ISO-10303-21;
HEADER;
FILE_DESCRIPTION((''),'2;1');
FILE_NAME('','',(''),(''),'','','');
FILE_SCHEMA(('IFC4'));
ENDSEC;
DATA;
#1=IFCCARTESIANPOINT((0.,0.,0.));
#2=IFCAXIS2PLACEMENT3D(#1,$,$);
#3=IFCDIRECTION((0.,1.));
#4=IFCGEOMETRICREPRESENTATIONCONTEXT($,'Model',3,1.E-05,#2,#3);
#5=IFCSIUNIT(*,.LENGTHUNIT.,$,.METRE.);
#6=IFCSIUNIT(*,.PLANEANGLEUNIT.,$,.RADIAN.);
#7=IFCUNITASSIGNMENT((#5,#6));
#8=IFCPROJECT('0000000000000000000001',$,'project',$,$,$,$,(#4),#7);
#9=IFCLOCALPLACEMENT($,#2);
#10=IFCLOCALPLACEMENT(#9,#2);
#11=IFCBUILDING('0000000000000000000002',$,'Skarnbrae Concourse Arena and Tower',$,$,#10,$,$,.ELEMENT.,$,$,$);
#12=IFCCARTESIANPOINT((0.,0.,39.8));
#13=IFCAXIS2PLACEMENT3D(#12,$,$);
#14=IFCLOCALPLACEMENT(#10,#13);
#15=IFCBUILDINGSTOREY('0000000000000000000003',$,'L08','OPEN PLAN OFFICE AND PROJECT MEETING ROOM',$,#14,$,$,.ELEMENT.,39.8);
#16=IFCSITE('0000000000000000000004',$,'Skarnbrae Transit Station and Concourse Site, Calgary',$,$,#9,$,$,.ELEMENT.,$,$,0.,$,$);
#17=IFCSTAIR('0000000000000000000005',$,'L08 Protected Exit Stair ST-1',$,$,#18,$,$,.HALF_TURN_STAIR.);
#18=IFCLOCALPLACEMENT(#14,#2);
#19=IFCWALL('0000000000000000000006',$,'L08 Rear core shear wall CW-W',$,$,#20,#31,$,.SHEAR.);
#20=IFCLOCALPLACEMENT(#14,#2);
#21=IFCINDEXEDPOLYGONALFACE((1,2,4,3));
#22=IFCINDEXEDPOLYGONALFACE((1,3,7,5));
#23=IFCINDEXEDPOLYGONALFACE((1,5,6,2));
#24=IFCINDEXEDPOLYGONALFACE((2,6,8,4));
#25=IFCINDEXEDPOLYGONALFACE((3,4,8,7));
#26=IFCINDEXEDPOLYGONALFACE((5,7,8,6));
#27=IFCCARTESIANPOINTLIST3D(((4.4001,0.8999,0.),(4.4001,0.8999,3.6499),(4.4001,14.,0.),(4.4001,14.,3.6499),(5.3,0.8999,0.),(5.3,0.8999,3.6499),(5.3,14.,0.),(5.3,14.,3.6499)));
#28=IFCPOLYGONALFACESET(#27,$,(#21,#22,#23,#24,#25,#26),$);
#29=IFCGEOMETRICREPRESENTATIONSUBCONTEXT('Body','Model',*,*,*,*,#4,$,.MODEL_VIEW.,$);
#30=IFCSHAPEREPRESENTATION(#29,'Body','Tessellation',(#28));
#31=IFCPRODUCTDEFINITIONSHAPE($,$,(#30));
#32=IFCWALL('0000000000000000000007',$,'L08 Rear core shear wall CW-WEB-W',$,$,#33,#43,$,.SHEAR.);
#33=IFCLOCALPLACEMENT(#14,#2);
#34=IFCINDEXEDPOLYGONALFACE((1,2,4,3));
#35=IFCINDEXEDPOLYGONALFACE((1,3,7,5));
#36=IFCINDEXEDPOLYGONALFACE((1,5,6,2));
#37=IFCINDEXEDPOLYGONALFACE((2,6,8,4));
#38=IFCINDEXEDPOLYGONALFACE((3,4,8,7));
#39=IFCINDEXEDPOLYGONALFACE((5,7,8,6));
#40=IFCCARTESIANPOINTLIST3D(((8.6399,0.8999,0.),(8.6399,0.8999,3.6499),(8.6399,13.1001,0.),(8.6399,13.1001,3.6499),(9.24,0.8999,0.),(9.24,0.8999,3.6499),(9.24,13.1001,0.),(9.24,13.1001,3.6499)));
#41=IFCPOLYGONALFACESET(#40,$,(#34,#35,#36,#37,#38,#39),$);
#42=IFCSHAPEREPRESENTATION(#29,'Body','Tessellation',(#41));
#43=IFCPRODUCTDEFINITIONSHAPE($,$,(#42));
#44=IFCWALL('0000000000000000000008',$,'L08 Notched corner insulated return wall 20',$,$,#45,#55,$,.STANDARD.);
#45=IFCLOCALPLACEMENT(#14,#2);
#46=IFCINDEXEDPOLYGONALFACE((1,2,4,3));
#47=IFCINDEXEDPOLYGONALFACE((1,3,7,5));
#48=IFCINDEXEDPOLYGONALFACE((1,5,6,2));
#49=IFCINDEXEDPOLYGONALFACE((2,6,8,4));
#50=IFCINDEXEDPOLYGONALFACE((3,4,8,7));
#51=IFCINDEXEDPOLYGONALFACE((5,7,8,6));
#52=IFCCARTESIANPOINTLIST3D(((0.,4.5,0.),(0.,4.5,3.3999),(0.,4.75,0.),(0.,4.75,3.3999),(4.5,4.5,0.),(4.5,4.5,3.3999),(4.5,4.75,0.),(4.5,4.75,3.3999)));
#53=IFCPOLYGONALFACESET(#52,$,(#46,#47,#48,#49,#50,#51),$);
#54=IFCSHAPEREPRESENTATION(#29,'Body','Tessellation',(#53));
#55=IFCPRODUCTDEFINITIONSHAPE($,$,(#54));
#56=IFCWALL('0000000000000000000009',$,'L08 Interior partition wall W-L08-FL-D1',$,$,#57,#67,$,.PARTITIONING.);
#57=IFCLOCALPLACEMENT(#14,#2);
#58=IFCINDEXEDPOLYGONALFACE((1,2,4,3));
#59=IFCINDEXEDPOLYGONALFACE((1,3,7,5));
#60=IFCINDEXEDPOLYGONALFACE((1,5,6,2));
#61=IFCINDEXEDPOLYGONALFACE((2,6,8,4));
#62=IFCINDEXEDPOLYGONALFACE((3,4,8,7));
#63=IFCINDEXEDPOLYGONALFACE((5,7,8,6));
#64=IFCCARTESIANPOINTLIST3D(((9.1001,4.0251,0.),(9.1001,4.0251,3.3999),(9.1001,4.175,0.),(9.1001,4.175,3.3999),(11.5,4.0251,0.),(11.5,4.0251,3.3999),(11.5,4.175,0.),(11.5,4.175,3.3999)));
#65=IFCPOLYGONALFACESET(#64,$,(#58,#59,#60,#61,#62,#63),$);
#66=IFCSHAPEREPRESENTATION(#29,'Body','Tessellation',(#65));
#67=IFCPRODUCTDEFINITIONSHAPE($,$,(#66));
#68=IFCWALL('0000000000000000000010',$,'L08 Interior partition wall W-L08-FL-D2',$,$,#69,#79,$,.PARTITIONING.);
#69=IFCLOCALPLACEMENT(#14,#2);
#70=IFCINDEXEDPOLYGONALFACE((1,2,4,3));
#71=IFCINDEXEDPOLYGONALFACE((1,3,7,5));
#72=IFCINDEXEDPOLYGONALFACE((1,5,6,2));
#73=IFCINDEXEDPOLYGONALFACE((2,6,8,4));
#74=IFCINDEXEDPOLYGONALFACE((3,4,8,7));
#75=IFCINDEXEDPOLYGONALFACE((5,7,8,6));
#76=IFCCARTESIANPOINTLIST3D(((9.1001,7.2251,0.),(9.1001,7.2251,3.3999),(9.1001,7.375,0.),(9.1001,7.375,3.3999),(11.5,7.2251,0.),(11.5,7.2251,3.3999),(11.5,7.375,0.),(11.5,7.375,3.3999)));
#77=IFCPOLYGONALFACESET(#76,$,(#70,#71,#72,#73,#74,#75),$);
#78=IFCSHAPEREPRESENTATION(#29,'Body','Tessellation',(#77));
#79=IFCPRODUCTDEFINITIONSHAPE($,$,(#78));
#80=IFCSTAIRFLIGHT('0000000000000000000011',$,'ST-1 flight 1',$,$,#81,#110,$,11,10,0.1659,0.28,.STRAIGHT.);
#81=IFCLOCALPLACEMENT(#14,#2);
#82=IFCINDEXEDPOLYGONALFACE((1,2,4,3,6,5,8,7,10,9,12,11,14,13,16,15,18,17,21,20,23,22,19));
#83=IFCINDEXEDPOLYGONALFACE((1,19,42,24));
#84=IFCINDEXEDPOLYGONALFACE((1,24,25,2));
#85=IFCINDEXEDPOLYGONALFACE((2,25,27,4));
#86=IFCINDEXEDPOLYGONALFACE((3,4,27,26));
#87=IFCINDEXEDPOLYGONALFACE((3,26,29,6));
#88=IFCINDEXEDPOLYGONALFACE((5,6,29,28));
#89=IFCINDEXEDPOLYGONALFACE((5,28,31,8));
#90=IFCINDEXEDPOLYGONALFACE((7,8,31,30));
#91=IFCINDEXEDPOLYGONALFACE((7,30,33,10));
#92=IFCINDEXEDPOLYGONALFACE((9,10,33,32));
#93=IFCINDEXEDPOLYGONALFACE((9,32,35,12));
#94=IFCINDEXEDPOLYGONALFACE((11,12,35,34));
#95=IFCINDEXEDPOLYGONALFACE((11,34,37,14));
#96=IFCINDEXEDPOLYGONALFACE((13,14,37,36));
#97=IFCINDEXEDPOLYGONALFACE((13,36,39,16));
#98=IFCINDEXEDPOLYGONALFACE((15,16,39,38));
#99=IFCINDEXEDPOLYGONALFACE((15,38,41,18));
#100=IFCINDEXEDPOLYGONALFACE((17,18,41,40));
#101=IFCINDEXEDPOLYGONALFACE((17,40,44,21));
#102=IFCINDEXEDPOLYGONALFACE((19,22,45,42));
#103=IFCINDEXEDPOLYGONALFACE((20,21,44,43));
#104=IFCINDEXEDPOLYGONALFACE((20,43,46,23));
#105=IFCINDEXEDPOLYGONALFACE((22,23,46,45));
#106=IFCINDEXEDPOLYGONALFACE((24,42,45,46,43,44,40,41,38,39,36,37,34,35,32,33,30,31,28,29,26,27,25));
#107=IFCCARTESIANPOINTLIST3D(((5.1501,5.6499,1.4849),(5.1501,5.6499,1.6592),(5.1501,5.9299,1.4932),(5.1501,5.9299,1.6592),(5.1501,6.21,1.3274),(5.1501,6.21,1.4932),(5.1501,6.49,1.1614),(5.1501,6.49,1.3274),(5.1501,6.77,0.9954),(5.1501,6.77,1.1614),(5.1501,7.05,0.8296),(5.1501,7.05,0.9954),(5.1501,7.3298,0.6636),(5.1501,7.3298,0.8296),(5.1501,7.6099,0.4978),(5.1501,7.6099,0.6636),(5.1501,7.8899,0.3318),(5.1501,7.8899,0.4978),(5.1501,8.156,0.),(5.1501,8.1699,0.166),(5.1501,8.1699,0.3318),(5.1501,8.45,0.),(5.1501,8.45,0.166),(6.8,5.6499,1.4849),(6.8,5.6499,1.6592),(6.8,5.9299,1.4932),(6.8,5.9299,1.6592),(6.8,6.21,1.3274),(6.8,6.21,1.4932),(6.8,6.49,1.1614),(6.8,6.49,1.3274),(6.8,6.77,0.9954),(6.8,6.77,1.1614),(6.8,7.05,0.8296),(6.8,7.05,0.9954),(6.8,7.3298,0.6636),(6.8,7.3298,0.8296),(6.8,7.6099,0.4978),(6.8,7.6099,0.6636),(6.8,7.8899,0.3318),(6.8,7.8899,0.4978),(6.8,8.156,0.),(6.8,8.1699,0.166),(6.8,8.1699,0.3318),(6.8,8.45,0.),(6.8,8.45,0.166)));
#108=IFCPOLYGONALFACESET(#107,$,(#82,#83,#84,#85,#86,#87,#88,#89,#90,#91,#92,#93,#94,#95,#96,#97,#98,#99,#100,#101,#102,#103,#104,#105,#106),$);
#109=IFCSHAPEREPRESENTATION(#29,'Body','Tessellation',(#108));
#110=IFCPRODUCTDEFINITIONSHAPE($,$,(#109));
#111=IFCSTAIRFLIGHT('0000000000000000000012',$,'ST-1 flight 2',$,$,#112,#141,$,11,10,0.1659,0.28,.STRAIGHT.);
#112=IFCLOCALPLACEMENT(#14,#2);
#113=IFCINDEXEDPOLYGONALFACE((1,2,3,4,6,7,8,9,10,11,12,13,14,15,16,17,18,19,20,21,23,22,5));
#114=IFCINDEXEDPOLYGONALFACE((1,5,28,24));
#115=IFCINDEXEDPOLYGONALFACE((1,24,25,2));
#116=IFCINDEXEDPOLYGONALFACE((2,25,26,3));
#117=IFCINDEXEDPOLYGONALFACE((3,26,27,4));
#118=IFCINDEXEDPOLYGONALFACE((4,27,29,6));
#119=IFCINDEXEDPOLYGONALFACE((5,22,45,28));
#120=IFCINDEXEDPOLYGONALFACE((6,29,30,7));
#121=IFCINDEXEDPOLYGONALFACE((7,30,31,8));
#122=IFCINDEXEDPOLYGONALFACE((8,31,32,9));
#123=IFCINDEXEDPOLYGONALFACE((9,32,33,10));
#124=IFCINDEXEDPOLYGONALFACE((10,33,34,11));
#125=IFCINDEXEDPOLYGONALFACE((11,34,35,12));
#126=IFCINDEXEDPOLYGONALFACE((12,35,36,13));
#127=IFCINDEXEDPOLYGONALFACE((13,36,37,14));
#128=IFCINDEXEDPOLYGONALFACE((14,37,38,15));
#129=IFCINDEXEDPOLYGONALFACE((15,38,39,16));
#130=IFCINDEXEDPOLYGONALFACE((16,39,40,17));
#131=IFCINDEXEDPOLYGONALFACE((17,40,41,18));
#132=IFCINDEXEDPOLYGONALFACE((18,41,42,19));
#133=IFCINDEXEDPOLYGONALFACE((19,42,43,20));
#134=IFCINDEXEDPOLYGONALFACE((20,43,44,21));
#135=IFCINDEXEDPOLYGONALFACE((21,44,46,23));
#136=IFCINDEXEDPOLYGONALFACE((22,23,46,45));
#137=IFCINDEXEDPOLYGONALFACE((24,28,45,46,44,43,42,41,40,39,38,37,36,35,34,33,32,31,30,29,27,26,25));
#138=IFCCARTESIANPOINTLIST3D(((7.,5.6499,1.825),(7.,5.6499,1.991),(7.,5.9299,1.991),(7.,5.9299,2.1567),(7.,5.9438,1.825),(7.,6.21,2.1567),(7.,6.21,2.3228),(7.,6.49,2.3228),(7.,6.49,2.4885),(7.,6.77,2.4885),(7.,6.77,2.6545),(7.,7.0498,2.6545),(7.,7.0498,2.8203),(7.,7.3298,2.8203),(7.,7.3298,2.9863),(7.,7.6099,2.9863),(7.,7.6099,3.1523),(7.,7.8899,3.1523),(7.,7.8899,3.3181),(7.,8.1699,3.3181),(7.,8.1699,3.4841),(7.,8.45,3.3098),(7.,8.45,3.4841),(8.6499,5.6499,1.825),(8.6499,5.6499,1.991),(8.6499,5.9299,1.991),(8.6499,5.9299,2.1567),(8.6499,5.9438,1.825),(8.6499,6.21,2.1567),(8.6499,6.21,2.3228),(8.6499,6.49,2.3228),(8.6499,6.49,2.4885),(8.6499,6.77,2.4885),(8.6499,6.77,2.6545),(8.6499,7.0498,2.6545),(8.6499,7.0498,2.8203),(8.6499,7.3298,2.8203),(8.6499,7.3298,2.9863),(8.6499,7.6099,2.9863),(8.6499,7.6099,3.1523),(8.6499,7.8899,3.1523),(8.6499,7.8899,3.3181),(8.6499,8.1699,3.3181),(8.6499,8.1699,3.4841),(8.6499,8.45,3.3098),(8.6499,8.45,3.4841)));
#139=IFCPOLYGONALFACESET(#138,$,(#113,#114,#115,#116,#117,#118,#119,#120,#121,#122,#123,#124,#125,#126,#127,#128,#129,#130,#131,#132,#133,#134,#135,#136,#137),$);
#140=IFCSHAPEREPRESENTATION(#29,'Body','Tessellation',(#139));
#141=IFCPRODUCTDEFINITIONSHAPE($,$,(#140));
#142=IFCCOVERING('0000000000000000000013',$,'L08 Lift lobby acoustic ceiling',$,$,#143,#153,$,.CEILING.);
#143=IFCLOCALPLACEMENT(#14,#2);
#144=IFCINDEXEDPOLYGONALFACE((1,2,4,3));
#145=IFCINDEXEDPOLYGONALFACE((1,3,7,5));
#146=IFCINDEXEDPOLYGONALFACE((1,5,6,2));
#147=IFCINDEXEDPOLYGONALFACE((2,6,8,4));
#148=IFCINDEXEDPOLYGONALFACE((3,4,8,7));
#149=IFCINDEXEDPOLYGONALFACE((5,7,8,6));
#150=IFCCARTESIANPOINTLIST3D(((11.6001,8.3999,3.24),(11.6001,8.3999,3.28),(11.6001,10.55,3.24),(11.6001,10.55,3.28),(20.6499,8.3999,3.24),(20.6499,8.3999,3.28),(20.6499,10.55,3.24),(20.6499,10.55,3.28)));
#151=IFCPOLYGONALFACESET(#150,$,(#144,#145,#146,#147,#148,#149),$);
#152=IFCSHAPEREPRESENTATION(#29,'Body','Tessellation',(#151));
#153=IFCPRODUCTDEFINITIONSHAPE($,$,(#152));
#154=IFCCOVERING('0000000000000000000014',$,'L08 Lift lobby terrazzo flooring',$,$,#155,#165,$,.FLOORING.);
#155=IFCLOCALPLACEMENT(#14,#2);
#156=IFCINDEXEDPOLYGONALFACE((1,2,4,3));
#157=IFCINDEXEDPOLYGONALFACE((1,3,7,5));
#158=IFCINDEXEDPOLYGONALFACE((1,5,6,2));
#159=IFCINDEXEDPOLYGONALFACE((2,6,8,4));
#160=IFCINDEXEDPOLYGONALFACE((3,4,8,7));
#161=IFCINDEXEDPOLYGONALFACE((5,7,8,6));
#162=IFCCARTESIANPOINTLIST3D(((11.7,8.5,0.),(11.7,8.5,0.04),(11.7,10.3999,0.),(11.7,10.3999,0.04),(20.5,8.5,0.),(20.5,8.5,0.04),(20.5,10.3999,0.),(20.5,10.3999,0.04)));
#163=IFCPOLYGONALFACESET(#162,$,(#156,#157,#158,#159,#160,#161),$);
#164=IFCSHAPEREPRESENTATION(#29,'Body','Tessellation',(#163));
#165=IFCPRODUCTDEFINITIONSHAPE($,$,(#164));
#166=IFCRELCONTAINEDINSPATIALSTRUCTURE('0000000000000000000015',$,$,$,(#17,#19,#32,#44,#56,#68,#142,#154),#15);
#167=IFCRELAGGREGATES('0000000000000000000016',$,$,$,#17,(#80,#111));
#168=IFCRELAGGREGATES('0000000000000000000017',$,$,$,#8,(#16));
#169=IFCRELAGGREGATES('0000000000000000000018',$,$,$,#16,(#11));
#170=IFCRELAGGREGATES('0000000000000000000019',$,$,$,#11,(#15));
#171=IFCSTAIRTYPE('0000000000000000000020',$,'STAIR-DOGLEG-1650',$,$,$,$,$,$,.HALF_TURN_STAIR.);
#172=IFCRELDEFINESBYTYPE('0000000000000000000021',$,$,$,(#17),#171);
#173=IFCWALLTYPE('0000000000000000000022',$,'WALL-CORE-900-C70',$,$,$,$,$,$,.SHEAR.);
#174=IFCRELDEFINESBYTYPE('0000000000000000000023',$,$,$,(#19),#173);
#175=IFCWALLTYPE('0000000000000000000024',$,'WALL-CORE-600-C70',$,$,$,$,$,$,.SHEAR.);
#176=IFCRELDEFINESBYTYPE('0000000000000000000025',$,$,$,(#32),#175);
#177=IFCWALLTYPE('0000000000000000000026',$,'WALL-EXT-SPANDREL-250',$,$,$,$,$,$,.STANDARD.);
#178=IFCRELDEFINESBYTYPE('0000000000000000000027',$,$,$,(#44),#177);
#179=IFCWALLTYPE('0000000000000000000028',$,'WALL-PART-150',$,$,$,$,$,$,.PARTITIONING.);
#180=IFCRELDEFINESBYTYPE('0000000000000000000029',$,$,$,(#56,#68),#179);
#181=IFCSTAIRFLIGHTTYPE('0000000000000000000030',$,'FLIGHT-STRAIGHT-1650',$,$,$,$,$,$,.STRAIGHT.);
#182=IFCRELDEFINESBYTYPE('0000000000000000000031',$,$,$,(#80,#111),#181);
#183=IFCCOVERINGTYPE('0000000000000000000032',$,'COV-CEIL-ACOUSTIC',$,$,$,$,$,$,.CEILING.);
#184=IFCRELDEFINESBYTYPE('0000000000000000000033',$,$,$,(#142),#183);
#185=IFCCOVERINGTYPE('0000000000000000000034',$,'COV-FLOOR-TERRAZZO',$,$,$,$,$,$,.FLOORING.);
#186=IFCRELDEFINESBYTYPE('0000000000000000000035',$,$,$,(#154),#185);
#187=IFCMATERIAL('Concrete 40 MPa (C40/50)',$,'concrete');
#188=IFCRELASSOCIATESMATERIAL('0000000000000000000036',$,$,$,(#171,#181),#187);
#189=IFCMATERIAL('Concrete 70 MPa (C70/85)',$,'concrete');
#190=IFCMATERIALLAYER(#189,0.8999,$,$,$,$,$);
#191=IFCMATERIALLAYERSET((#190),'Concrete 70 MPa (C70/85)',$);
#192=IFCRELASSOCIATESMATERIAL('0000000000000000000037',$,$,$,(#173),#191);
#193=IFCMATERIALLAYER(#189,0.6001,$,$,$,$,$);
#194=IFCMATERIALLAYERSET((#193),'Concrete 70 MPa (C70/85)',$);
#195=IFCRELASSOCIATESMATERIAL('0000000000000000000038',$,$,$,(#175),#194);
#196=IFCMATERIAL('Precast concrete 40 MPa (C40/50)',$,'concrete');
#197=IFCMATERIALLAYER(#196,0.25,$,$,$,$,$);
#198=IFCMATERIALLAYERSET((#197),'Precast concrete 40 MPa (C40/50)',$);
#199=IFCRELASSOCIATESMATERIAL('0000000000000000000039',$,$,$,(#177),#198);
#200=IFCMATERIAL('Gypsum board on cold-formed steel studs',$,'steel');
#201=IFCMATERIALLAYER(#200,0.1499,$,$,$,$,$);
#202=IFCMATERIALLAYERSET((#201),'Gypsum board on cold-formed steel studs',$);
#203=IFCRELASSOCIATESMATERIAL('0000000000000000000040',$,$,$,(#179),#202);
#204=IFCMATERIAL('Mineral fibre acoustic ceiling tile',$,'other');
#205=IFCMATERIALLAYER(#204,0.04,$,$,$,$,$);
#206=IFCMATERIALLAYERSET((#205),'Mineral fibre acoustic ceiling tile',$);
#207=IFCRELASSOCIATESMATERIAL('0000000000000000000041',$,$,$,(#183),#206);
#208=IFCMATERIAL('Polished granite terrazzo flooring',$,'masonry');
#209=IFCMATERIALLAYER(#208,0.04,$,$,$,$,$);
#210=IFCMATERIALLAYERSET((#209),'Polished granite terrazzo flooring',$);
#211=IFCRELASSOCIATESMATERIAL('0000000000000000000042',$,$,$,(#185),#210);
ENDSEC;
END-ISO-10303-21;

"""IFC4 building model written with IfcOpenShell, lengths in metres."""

from ifc_helpers import new_model, si_unit, direction, frame, frame_2d, origin, place, context, subcontext, project, spatial, polyline, rectangle, outline, extrude, source, transform, mapped, material, layer, layer_set, type_object, element, aggregate, save


model = new_model("IFC4")

# Units and contexts
model_context = context("Model", 3, precision=1e-05, world=origin(), true_north=direction((0.0, 1.0)))
body_context = subcontext(model_context, "Body", "Model", "MODEL_VIEW")
ifc_project = project(units=[si_unit("LENGTHUNIT", "METRE"), si_unit("PLANEANGLEUNIT", "RADIAN")], contexts=[model_context])

# Site, building, storey
site_placement = place(None, origin())
site = spatial("IfcSite", under=ifc_project, at=site_placement, Name="Skarnbrae Transit Station and Concourse Site, Calgary", CompositionType="ELEMENT", RefElevation=0.0)
building_placement = place(site_placement, origin())
building = spatial("IfcBuilding", under=site, at=building_placement, Name="Skarnbrae Concourse Arena and Tower", CompositionType="ELEMENT")
storey_placement = place(building_placement, frame((0.0, 0.0, 39.8)))
storey = spatial("IfcBuildingStorey", under=building, at=storey_placement, Name="L08", Description="OPEN PLAN OFFICE AND PROJECT MEETING ROOM", CompositionType="ELEMENT", Elevation=39.8)

# Stair
ifc_material_1 = material(Name="Concrete 40 MPa (C40/50)", Category="concrete")
stair_type = type_object("IfcStairType", Name="STAIR-DOGLEG-1650", PredefinedType="HALF_TURN_STAIR", material=ifc_material_1)
stair_1_placement = place(storey_placement, origin())
stair_1 = element("IfcStair", 1, at=stair_1_placement, inside=storey, type_object=stair_type, Name="L08 Protected Exit Stair ST-1", PredefinedType="HALF_TURN_STAIR")

# Walls
ifc_material_2 = material(Name="Concrete 70 MPa (C70/85)", Category="concrete")
ifc_layer_1 = layer(ifc_material_2, 0.8999)
ifc_layer_set_1 = layer_set([ifc_layer_1], Name="Concrete 70 MPa (C70/85)")
wall_type_1 = type_object("IfcWallType", Name="WALL-CORE-900-C70", PredefinedType="SHEAR", material=ifc_layer_set_1)
shared_shape_1 = source(origin(), body_context, "Body", "SweptSolid", [
    extrude(rectangle(XDim=13.1001, YDim=0.8999, at=frame_2d((6.55, 0.0))), origin(), (0.0, 0.0, 1.0), 3.6499),
])
wall_1_placement = place(storey_placement, frame((4.8501, 0.8999, 0.0), z_axis=(0.0, 0.0, 1.0), x_axis=(0.0, 1.0, 0.0)))
element("IfcWall", 2, at=wall_1_placement, inside=storey, type_object=wall_type_1, Name="L08 Rear core shear wall CW-W", PredefinedType="SHEAR", context=body_context, shape_type="MappedRepresentation", body=[
    mapped(shared_shape_1, transform((0.0, 0.0, 0.0))),
])
ifc_layer_2 = layer(ifc_material_2, 0.6001)
ifc_layer_set_2 = layer_set([ifc_layer_2], Name="Concrete 70 MPa (C70/85)")
wall_type_2 = type_object("IfcWallType", Name="WALL-CORE-600-C70", PredefinedType="SHEAR", material=ifc_layer_set_2)
shared_shape_2 = source(origin(), body_context, "Body", "SweptSolid", [
    extrude(rectangle(XDim=12.2002, YDim=0.6001, at=frame_2d((6.1001, 0.0))), origin(), (0.0, 0.0, 1.0), 3.6499),
])
wall_2_placement = place(storey_placement, frame((8.9399, 0.8999, 0.0), z_axis=(0.0, 0.0, 1.0), x_axis=(0.0, 1.0, 0.0)))
element("IfcWall", 3, at=wall_2_placement, inside=storey, type_object=wall_type_2, Name="L08 Rear core shear wall CW-WEB-W", PredefinedType="SHEAR", context=body_context, shape_type="MappedRepresentation", body=[
    mapped(shared_shape_2, transform((0.0, 0.0, 0.0))),
])

# Wall
ifc_material_3 = material(Name="Precast concrete 40 MPa (C40/50)", Category="concrete")
ifc_layer_3 = layer(ifc_material_3, 0.25)
ifc_layer_set_3 = layer_set([ifc_layer_3], Name="Precast concrete 40 MPa (C40/50)")
wall_type_3 = type_object("IfcWallType", Name="WALL-EXT-SPANDREL-250", PredefinedType="STANDARD", material=ifc_layer_set_3)
shared_shape_3 = source(origin(), body_context, "Body", "SweptSolid", [
    extrude(rectangle(XDim=4.5, YDim=0.25, at=frame_2d((2.25, 0.0))), origin(), (0.0, 0.0, 1.0), 3.3999),
])
wall_3_placement = place(storey_placement, frame((0.0, 4.625, 0.0), z_axis=(0.0, 0.0, 1.0), x_axis=(1.0, 0.0, 0.0)))
element("IfcWall", 4, at=wall_3_placement, inside=storey, type_object=wall_type_3, Name="L08 Notched corner insulated return wall 20", PredefinedType="STANDARD", context=body_context, shape_type="MappedRepresentation", body=[
    mapped(shared_shape_3, transform((0.0, 0.0, 0.0))),
])

# Shared definitions
ifc_material_4 = material(Name="Gypsum board on cold-formed steel studs", Category="steel")

# Walls
ifc_layer_4 = layer(ifc_material_4, 0.1499)
ifc_layer_set_4 = layer_set([ifc_layer_4], Name="Gypsum board on cold-formed steel studs")
wall_type_4 = type_object("IfcWallType", Name="WALL-PART-150", PredefinedType="PARTITIONING", material=ifc_layer_set_4)
shared_shape_4 = source(origin(), body_context, "Body", "SweptSolid", [
    extrude(rectangle(XDim=2.3999, YDim=0.1499, at=frame_2d((1.2, 0.0))), origin(), (0.0, 0.0, 1.0), 3.3999),
])
for number, where, z_axis, x_axis, name in (
    (5, (9.1001, 4.1001, 0.0), (0.0, 0.0, 1.0), (1.0, 0.0, 0.0), "L08 Interior partition wall W-L08-FL-D1"),
    (6, (9.1001, 7.3, 0.0), (0.0, 0.0, 1.0), (1.0, 0.0, 0.0), "L08 Interior partition wall W-L08-FL-D2"),
):
    element("IfcWall", number, at=place(storey_placement, frame(where, z_axis=z_axis, x_axis=x_axis)), inside=storey, type_object=wall_type_4, Name=name, PredefinedType="PARTITIONING", context=body_context, shape_type="MappedRepresentation", body=[
        mapped(shared_shape_4, transform((0.0, 0.0, 0.0))),
    ])

# Stair flights
stair_flight_type = type_object("IfcStairFlightType", Name="FLIGHT-STRAIGHT-1650", PredefinedType="STRAIGHT", material=ifc_material_1)
shared_shape_5 = source(origin(), body_context, "Body", "SweptSolid", [
    extrude(outline(polyline([(0.0, 0.0), (0.0, 0.166), (0.28, 0.166), (0.28, 0.3318), (0.5601, 0.3318), (0.5601, 0.4978), (0.8401, 0.4978), (0.8401, 0.6636), (1.1201, 0.6636), (1.1201, 0.8296), (1.3999, 0.8296), (1.3999, 0.9954), (1.6799, 0.9954), (1.6799, 1.1614), (1.96, 1.1614), (1.96, 1.3274), (2.24, 1.3274), (2.24, 1.4932), (2.52, 1.4932), (2.52, 1.6592), (2.8, 1.6592), (2.8, 1.825), (2.8, 1.4849), (0.2939, 0.0), (0.0, 0.0)])), frame((0.0, 0.825, 0.0), z_axis=(0.0, -1.0, 0.0), x_axis=(1.0, 0.0, 0.0)), (0.0, 0.0, 1.0), 1.6499),
])
stair_flight_1_placement = place(storey_placement, frame((5.9751, 8.45, 0.0), z_axis=(0.0, 0.0, 1.0), x_axis=(0.0, -1.0, 0.0)))
stair_flight_1 = element("IfcStairFlight", 7, at=stair_flight_1_placement, type_object=stair_flight_type, Name="ST-1 flight 1", NumberOfRisers=11, NumberOfTreads=10, PredefinedType="STRAIGHT", RiserHeight=0.1659, TreadLength=0.28, context=body_context, shape_type="MappedRepresentation", body=[
    mapped(shared_shape_5, transform((0.0, 0.0, 0.0))),
])
stair_flight_2_placement = place(storey_placement, frame((7.825, 5.6499, 1.825), z_axis=(0.0, 0.0, 1.0), x_axis=(0.0, 1.0, 0.0)))
stair_flight_2 = element("IfcStairFlight", 8, at=stair_flight_2_placement, type_object=stair_flight_type, Name="ST-1 flight 2", NumberOfRisers=11, NumberOfTreads=10, PredefinedType="STRAIGHT", RiserHeight=0.1659, TreadLength=0.28, context=body_context, shape_type="MappedRepresentation", body=[
    mapped(shared_shape_5, transform((0.0, 0.0, 0.0))),
])
aggregate(stair_1, [stair_flight_1, stair_flight_2])

# Coverings
ifc_material_5 = material(Name="Mineral fibre acoustic ceiling tile", Category="other")
ifc_layer_5 = layer(ifc_material_5, 0.04)
ifc_layer_set_5 = layer_set([ifc_layer_5], Name="Mineral fibre acoustic ceiling tile")
covering_type_1 = type_object("IfcCoveringType", Name="COV-CEIL-ACOUSTIC", PredefinedType="CEILING", material=ifc_layer_set_5)
covering_1_placement = place(storey_placement, frame((0.0, 0.0, 3.24)))
element("IfcCovering", 9, at=covering_1_placement, inside=storey, type_object=covering_type_1, Name="L08 Lift lobby acoustic ceiling", PredefinedType="CEILING", context=body_context, shape_type="SweptSolid", body=[
    extrude(outline(polyline([(11.6001, 8.3999), (20.6499, 8.3999), (20.6499, 10.55), (11.6001, 10.55), (11.6001, 8.3999)])), origin(), (0.0, 0.0, 1.0), 0.04),
])
ifc_material_6 = material(Name="Polished granite terrazzo flooring", Category="masonry")
ifc_layer_6 = layer(ifc_material_6, 0.04)
ifc_layer_set_6 = layer_set([ifc_layer_6], Name="Polished granite terrazzo flooring")
covering_type_2 = type_object("IfcCoveringType", Name="COV-FLOOR-TERRAZZO", PredefinedType="FLOORING", material=ifc_layer_set_6)
covering_2_placement = place(storey_placement, origin())
element("IfcCovering", 10, at=covering_2_placement, inside=storey, type_object=covering_type_2, Name="L08 Lift lobby terrazzo flooring", PredefinedType="FLOORING", context=body_context, shape_type="SweptSolid", body=[
    extrude(outline(polyline([(11.7, 8.5), (20.5, 8.5), (20.5, 10.3999), (11.7, 10.3999), (11.7, 8.5)])), origin(), (0.0, 0.0, 1.0), 0.04),
])

save(model, "model.ifc")
